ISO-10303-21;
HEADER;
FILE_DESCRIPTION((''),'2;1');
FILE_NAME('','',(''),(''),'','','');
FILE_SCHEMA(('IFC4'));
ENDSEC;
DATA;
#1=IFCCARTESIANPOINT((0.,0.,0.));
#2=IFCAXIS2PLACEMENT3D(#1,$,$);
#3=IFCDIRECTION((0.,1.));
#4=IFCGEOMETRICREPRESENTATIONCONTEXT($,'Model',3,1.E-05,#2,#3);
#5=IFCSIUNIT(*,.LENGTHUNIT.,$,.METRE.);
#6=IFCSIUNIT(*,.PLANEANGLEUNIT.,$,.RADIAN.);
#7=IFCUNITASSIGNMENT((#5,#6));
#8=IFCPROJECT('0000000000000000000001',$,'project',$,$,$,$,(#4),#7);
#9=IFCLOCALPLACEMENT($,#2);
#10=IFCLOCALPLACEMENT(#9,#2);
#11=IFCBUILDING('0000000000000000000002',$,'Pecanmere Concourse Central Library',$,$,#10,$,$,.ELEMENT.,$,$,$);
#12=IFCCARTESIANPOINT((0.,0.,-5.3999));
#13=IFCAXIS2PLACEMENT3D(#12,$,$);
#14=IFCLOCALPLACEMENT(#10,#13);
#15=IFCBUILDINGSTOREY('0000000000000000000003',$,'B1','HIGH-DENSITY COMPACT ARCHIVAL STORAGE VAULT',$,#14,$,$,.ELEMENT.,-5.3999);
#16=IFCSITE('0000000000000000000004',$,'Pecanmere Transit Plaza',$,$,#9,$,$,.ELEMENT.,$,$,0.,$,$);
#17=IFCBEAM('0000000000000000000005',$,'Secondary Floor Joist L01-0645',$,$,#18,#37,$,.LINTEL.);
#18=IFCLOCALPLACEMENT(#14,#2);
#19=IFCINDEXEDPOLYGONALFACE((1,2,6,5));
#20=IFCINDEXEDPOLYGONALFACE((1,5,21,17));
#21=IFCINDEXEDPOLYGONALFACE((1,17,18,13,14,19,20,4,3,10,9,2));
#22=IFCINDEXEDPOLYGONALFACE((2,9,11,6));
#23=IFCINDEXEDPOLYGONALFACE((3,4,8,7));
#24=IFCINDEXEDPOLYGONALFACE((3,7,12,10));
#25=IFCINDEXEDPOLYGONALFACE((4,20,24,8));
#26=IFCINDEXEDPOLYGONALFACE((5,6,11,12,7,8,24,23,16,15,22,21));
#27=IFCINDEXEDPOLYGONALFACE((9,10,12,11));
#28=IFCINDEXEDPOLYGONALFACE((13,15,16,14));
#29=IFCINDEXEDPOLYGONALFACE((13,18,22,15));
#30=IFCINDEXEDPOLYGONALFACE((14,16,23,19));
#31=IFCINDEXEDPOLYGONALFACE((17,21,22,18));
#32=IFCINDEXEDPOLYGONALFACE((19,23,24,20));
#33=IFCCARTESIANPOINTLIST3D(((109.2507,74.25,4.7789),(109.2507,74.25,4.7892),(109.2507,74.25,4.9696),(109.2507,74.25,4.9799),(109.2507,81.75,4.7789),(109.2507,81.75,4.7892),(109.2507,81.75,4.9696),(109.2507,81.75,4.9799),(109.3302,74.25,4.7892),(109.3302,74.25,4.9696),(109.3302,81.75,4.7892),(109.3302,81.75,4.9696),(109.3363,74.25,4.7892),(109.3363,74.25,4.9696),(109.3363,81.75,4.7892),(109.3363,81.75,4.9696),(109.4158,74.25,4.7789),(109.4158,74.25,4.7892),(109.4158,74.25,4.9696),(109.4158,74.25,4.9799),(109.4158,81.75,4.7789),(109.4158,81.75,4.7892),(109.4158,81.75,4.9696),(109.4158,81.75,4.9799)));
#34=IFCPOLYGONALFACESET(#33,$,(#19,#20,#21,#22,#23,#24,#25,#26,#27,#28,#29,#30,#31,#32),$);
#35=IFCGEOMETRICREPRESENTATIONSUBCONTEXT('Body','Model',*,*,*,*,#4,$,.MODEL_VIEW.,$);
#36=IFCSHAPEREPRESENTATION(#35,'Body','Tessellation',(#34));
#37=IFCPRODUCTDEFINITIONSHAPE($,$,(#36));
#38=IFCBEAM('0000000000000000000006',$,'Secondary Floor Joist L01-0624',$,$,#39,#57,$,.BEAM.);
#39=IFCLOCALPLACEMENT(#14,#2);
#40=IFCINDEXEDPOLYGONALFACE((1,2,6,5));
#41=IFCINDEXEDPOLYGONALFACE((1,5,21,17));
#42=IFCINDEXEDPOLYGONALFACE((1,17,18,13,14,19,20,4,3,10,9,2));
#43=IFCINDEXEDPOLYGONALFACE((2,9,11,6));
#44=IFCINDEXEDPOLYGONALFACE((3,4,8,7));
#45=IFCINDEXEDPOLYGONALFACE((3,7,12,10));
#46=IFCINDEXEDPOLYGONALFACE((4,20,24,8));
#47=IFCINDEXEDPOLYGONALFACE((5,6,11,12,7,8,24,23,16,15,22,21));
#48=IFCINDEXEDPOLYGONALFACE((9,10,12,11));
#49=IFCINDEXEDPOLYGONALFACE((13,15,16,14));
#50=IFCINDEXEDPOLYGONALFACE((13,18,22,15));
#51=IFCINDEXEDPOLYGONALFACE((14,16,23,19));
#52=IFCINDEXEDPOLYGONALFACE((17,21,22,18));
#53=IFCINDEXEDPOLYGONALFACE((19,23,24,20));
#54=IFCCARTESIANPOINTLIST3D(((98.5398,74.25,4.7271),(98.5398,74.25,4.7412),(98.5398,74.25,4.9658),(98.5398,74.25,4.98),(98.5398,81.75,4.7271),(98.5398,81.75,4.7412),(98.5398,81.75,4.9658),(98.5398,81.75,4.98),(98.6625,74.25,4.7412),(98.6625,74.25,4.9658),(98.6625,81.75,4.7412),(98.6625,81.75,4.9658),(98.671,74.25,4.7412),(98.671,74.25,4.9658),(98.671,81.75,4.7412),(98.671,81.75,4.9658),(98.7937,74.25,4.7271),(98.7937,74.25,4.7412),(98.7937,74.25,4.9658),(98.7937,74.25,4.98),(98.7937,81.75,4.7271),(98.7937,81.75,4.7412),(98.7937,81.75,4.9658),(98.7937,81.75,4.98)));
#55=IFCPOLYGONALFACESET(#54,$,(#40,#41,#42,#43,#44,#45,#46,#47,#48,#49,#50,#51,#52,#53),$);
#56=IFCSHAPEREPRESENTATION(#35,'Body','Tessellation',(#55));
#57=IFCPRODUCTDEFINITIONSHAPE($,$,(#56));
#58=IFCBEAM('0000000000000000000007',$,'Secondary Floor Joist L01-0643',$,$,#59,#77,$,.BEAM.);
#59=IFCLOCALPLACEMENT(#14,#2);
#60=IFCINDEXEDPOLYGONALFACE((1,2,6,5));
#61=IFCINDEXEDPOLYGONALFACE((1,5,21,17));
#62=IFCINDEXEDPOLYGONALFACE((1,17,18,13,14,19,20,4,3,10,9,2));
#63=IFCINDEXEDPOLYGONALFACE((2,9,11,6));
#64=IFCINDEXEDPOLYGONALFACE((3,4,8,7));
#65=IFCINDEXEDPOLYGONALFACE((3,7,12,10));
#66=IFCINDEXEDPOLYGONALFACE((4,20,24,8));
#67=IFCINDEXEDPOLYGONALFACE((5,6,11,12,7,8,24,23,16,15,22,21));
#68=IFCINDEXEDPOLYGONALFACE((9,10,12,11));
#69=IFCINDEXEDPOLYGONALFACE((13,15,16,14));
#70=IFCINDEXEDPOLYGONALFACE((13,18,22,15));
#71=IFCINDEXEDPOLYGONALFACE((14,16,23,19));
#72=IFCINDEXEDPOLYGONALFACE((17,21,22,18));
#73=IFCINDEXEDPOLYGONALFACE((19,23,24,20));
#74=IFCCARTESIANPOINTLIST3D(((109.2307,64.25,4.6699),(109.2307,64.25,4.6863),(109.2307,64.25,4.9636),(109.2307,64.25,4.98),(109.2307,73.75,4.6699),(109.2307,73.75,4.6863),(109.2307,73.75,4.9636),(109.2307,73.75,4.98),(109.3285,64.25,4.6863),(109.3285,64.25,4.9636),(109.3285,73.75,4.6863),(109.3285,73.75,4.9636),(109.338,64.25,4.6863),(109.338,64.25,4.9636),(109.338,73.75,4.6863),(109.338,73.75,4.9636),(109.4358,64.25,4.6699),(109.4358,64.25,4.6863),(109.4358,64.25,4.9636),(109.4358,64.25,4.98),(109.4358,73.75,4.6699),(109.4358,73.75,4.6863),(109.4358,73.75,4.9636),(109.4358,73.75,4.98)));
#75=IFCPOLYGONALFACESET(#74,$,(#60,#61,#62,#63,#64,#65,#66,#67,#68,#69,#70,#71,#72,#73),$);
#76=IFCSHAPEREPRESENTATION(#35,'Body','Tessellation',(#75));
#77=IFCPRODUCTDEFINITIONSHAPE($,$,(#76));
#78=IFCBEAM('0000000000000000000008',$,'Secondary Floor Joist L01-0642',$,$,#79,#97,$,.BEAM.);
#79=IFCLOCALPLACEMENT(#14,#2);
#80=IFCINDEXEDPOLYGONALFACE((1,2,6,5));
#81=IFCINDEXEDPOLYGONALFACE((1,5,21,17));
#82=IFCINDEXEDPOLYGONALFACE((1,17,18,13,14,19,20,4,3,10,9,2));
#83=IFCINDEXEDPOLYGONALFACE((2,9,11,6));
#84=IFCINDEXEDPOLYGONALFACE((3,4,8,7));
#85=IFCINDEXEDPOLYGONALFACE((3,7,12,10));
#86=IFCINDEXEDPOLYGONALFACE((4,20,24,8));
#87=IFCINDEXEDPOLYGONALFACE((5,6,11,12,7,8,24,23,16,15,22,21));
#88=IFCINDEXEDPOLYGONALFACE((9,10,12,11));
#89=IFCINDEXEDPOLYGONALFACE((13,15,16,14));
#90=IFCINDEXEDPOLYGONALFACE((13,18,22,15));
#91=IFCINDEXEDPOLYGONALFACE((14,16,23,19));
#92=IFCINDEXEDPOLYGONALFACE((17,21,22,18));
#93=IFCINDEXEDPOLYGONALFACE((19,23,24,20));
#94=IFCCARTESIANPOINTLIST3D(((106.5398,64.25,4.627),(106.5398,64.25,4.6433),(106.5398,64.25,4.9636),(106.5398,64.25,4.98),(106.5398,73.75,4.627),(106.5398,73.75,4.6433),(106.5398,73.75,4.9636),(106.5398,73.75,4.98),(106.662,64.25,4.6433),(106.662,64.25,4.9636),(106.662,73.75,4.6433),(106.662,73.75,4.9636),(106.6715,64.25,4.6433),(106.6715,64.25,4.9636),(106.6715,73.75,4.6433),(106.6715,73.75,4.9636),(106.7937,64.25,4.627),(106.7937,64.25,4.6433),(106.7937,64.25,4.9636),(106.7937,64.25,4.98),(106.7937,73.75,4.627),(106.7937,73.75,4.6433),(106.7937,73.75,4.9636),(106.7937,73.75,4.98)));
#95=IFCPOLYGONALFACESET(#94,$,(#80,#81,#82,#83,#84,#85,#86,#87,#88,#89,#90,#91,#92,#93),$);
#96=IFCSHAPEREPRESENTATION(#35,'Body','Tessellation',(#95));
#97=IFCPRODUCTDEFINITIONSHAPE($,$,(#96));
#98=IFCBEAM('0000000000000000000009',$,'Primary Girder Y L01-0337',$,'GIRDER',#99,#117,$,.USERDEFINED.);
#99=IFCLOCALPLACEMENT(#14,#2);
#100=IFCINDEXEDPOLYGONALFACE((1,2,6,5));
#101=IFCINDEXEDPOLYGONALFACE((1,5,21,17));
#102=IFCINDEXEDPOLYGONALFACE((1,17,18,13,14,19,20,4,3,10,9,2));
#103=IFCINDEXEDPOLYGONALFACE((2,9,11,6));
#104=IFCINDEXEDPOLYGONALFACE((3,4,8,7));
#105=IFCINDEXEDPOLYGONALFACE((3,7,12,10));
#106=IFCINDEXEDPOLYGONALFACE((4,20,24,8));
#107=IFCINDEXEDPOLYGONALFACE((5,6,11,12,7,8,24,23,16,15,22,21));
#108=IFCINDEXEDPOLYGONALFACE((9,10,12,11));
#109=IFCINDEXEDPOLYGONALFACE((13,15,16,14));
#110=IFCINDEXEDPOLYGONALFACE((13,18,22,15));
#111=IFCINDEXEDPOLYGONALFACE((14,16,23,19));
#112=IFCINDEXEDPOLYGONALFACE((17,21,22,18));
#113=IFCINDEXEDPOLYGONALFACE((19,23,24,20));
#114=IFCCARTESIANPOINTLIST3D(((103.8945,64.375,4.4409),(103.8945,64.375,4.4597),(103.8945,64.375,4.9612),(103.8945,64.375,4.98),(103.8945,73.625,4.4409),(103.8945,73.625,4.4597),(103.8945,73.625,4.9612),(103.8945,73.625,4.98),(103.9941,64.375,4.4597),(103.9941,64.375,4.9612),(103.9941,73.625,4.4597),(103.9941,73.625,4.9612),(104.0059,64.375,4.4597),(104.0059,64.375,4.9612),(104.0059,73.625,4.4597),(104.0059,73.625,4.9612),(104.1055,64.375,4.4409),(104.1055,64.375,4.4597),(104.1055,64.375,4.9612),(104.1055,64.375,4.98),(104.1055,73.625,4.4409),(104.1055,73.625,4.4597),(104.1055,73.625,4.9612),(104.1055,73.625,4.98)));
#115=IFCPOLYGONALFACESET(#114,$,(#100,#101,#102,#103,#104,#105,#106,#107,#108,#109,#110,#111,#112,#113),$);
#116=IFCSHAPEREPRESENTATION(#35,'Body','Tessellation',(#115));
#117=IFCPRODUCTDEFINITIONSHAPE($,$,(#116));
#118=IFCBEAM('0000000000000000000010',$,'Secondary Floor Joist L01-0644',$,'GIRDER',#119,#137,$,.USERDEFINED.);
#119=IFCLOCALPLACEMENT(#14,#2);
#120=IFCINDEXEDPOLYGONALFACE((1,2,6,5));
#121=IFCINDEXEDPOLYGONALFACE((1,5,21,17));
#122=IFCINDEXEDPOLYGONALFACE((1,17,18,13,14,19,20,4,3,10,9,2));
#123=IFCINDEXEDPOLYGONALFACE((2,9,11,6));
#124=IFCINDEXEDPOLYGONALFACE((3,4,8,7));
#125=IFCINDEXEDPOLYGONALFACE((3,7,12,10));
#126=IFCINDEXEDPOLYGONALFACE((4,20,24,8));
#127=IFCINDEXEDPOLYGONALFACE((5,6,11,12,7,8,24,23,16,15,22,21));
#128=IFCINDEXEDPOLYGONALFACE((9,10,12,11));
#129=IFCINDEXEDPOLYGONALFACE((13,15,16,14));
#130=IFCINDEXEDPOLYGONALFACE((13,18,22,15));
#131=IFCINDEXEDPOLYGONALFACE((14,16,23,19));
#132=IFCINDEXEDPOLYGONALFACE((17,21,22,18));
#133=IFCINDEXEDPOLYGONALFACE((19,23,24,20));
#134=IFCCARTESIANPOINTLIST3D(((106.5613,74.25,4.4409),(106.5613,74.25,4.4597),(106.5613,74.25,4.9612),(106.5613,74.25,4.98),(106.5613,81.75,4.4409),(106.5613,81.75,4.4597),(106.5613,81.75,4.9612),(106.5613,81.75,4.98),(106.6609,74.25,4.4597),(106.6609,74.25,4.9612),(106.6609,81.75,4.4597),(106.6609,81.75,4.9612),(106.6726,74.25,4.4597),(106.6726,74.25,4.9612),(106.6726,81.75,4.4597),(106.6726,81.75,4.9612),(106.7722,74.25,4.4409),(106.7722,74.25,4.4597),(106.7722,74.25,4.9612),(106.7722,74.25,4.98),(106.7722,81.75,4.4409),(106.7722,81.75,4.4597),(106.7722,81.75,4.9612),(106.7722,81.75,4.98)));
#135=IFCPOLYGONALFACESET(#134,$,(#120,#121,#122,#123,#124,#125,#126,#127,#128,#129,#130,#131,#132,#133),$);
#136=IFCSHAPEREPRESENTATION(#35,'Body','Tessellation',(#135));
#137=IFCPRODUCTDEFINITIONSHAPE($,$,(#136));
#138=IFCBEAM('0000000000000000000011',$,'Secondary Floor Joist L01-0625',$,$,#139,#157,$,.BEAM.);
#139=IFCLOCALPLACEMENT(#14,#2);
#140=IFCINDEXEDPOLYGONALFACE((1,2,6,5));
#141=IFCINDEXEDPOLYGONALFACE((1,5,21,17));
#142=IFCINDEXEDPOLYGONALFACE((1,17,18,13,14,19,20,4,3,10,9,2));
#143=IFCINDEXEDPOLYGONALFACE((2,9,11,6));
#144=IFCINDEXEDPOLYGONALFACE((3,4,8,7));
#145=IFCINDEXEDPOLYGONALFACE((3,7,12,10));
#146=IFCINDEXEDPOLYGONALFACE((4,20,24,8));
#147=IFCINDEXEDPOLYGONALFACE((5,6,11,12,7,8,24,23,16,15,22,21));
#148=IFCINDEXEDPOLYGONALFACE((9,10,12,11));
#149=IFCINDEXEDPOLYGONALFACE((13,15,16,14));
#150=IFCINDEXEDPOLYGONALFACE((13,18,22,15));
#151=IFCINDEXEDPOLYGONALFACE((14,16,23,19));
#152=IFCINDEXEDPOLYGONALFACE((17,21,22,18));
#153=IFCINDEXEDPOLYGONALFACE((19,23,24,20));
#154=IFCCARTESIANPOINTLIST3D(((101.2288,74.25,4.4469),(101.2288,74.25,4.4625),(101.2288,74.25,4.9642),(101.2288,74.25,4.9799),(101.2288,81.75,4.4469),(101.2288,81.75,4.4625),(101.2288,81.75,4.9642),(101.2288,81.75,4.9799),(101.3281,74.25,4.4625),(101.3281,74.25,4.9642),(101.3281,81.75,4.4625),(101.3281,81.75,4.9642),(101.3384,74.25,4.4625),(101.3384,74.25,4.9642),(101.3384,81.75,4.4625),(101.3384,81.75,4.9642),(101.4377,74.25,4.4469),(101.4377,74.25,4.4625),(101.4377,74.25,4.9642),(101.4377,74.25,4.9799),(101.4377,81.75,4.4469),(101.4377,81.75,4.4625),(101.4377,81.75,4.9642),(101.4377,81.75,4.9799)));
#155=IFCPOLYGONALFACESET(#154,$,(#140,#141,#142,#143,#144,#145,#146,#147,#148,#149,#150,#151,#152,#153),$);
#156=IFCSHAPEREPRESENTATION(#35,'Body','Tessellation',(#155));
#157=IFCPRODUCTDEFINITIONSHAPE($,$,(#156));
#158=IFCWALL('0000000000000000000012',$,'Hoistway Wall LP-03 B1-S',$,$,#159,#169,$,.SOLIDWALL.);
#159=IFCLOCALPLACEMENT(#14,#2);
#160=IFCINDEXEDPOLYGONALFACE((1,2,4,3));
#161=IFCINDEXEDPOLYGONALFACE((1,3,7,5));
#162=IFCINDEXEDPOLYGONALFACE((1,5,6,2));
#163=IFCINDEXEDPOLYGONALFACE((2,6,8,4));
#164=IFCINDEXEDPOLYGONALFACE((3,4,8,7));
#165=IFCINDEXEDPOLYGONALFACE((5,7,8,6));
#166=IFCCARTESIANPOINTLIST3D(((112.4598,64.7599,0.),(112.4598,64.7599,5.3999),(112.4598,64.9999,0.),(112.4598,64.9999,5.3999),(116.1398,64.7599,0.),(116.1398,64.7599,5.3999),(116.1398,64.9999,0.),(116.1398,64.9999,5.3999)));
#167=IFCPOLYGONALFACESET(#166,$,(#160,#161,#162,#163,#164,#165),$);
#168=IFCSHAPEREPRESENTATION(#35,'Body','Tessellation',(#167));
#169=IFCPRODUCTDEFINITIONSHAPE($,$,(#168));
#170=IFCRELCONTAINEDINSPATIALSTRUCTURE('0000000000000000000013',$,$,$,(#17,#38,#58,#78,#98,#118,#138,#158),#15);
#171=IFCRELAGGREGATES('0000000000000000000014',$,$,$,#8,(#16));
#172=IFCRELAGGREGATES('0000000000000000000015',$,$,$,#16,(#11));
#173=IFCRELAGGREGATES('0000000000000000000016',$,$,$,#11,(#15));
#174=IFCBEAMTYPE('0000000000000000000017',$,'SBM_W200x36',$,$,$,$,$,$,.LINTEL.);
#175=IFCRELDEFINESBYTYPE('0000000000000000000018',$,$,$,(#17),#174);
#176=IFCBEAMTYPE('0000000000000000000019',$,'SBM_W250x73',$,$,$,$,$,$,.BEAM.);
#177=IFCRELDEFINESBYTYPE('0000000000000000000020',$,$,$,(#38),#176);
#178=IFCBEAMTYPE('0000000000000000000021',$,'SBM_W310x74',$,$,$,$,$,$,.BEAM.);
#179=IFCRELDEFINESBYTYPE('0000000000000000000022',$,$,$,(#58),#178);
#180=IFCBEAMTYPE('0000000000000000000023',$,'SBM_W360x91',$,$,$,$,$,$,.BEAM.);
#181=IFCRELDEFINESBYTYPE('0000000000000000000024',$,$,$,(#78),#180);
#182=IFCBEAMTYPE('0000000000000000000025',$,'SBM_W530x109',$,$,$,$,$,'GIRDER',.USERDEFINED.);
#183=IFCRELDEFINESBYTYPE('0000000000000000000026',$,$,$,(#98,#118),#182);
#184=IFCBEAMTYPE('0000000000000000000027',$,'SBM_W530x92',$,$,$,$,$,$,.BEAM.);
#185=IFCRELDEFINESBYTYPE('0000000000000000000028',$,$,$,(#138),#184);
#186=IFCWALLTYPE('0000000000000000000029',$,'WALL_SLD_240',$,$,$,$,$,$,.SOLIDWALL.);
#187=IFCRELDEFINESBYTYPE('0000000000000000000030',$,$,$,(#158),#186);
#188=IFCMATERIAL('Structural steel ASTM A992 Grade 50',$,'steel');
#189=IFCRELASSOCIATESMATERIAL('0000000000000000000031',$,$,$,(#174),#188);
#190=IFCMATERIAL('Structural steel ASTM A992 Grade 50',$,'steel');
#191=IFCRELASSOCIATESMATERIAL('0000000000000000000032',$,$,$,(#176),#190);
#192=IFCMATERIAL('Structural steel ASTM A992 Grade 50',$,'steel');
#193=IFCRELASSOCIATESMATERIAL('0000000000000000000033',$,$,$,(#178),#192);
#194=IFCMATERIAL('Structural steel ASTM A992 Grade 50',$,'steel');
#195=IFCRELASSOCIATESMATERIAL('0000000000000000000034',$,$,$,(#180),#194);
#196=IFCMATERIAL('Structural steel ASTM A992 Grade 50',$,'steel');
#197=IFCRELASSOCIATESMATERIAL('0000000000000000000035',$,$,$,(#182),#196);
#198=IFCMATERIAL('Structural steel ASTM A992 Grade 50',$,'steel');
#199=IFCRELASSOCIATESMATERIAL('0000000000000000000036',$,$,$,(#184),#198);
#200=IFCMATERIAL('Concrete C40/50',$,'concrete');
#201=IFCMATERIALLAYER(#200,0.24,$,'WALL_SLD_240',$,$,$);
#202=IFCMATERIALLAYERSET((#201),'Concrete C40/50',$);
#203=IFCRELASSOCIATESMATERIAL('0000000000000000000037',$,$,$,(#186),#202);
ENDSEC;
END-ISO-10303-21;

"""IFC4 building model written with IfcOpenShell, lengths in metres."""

from ifc_helpers import new_model, si_unit, direction, frame, frame_2d, origin, origin_2d, place, context, subcontext, project, spatial, rectangle, i_section, extrude, material, layer, layer_set, material_profile, profile_set, type_object, element, save


model = new_model("IFC4")

# Units and contexts
model_context = context("Model", 3, precision=1e-05, world=origin(), true_north=direction((0.0, 1.0)))
body_context = subcontext(model_context, "Body", "Model", "MODEL_VIEW")
ifc_project = project(units=[si_unit("LENGTHUNIT", "METRE"), si_unit("PLANEANGLEUNIT", "RADIAN")], contexts=[model_context])

# Site, building, storey
site_placement = place(None, origin())
site = spatial("IfcSite", under=ifc_project, at=site_placement, Name="Pecanmere Transit Plaza", CompositionType="ELEMENT", RefElevation=0.0)
building_placement = place(site_placement, origin())
building = spatial("IfcBuilding", under=site, at=building_placement, Name="Pecanmere Concourse Central Library", CompositionType="ELEMENT")
storey_placement = place(building_placement, frame((0.0, 0.0, -5.3999)))
storey = spatial("IfcBuildingStorey", under=building, at=storey_placement, Name="B1", Description="HIGH-DENSITY COMPACT ARCHIVAL STORAGE VAULT", CompositionType="ELEMENT", Elevation=-5.3999)

# Beams
ifc_material_1 = material(Name="Structural steel ASTM A992 Grade 50", Category="steel")
ifc_material_profile_1 = material_profile(ifc_material_1, i_section(OverallWidth=0.165, OverallDepth=0.2009, WebThickness=0.0061, FlangeThickness=0.0103, at=origin_2d()), Name="W200x35.9")
ifc_profile_set_1 = profile_set([ifc_material_profile_1], Name="Structural steel ASTM A992 Grade 50")
beam_type_1 = type_object("IfcBeamType", Name="SBM_W200x36", PredefinedType="LINTEL", material=ifc_profile_set_1)
beam_1_placement = place(storey_placement, frame((109.3333, 74.25, 4.8794), z_axis=(0.0, 1.0, 0.0), x_axis=(-1.0, 0.0, 0.0)))
element("IfcBeam", 1, at=beam_1_placement, inside=storey, type_object=beam_type_1, Name="Secondary Floor Joist L01-0645", PredefinedType="LINTEL", context=body_context, shape_type="SweptSolid", body=[
    extrude(i_section(OverallWidth=0.165, OverallDepth=0.2009, WebThickness=0.0061, FlangeThickness=0.0103, at=origin_2d()), origin(), (0.0, 0.0, 1.0), 7.5),
])
ifc_material_2 = material(Name="Structural steel ASTM A992 Grade 50", Category="steel")
ifc_material_profile_2 = material_profile(ifc_material_2, i_section(OverallWidth=0.2539, OverallDepth=0.2529, WebThickness=0.0085, FlangeThickness=0.0142, at=origin_2d()), Name="W250x73")
ifc_profile_set_2 = profile_set([ifc_material_profile_2], Name="Structural steel ASTM A992 Grade 50")
beam_type_2 = type_object("IfcBeamType", Name="SBM_W250x73", PredefinedType="BEAM", material=ifc_profile_set_2)
beam_2_placement = place(storey_placement, frame((98.6667, 74.25, 4.8535), z_axis=(0.0, 1.0, 0.0), x_axis=(-1.0, 0.0, 0.0)))
element("IfcBeam", 2, at=beam_2_placement, inside=storey, type_object=beam_type_2, Name="Secondary Floor Joist L01-0624", PredefinedType="BEAM", context=body_context, shape_type="SweptSolid", body=[
    extrude(i_section(OverallWidth=0.2539, OverallDepth=0.2529, WebThickness=0.0085, FlangeThickness=0.0142, at=origin_2d()), origin(), (0.0, 0.0, 1.0), 7.5),
])
ifc_material_3 = material(Name="Structural steel ASTM A992 Grade 50", Category="steel")
ifc_material_profile_3 = material_profile(ifc_material_3, i_section(OverallWidth=0.2051, OverallDepth=0.3101, WebThickness=0.0095, FlangeThickness=0.0164, at=origin_2d()), Name="W310x74")
ifc_profile_set_3 = profile_set([ifc_material_profile_3], Name="Structural steel ASTM A992 Grade 50")
beam_type_3 = type_object("IfcBeamType", Name="SBM_W310x74", PredefinedType="BEAM", material=ifc_profile_set_3)
beam_3_placement = place(storey_placement, frame((109.3333, 64.25, 4.825), z_axis=(0.0, 1.0, 0.0), x_axis=(-1.0, 0.0, 0.0)))
element("IfcBeam", 3, at=beam_3_placement, inside=storey, type_object=beam_type_3, Name="Secondary Floor Joist L01-0643", PredefinedType="BEAM", context=body_context, shape_type="SweptSolid", body=[
    extrude(i_section(OverallWidth=0.2051, OverallDepth=0.3101, WebThickness=0.0095, FlangeThickness=0.0164, at=origin_2d()), origin(), (0.0, 0.0, 1.0), 9.5),
])
ifc_material_4 = material(Name="Structural steel ASTM A992 Grade 50", Category="steel")
ifc_material_profile_4 = material_profile(ifc_material_4, i_section(OverallWidth=0.2539, OverallDepth=0.353, WebThickness=0.0095, FlangeThickness=0.0164, at=origin_2d()), Name="W360x91")
ifc_profile_set_4 = profile_set([ifc_material_profile_4], Name="Structural steel ASTM A992 Grade 50")
beam_type_4 = type_object("IfcBeamType", Name="SBM_W360x91", PredefinedType="BEAM", material=ifc_profile_set_4)
beam_4_placement = place(storey_placement, frame((106.6667, 64.25, 4.8035), z_axis=(0.0, 1.0, 0.0), x_axis=(-1.0, 0.0, 0.0)))
element("IfcBeam", 4, at=beam_4_placement, inside=storey, type_object=beam_type_4, Name="Secondary Floor Joist L01-0642", PredefinedType="BEAM", context=body_context, shape_type="SweptSolid", body=[
    extrude(i_section(OverallWidth=0.2539, OverallDepth=0.353, WebThickness=0.0095, FlangeThickness=0.0164, at=origin_2d()), origin(), (0.0, 0.0, 1.0), 9.5),
])
ifc_material_5 = material(Name="Structural steel ASTM A992 Grade 50", Category="steel")
ifc_material_profile_5 = material_profile(ifc_material_5, i_section(OverallWidth=0.2109, OverallDepth=0.5391, WebThickness=0.0117, FlangeThickness=0.0188, at=origin_2d()), Name="W530x109")
ifc_profile_set_5 = profile_set([ifc_material_profile_5], Name="Structural steel ASTM A992 Grade 50")
beam_type_5 = type_object("IfcBeamType", Name="SBM_W530x109", ElementType="GIRDER", PredefinedType="USERDEFINED", material=ifc_profile_set_5)
beam_5_placement = place(storey_placement, frame((104.0, 64.375, 4.7104), z_axis=(0.0, 1.0, 0.0), x_axis=(-1.0, 0.0, 0.0)))
element("IfcBeam", 5, at=beam_5_placement, inside=storey, type_object=beam_type_5, Name="Primary Girder Y L01-0337", ObjectType="GIRDER", PredefinedType="USERDEFINED", context=body_context, shape_type="SweptSolid", body=[
    extrude(i_section(OverallWidth=0.2109, OverallDepth=0.5391, WebThickness=0.0117, FlangeThickness=0.0188, at=origin_2d()), origin(), (0.0, 0.0, 1.0), 9.25),
])
beam_6_placement = place(storey_placement, frame((106.6667, 74.25, 4.7104), z_axis=(0.0, 1.0, 0.0), x_axis=(-1.0, 0.0, 0.0)))
element("IfcBeam", 6, at=beam_6_placement, inside=storey, type_object=beam_type_5, Name="Secondary Floor Joist L01-0644", ObjectType="GIRDER", PredefinedType="USERDEFINED", context=body_context, shape_type="SweptSolid", body=[
    extrude(i_section(OverallWidth=0.2109, OverallDepth=0.5391, WebThickness=0.0117, FlangeThickness=0.0188, at=origin_2d()), origin(), (0.0, 0.0, 1.0), 7.5),
])
ifc_material_6 = material(Name="Structural steel ASTM A992 Grade 50", Category="steel")
ifc_material_profile_6 = material_profile(ifc_material_6, i_section(OverallWidth=0.209, OverallDepth=0.533, WebThickness=0.0103, FlangeThickness=0.0156, at=origin_2d()), Name="W530x92")
ifc_profile_set_6 = profile_set([ifc_material_profile_6], Name="Structural steel ASTM A992 Grade 50")
beam_type_6 = type_object("IfcBeamType", Name="SBM_W530x92", PredefinedType="BEAM", material=ifc_profile_set_6)
beam_7_placement = place(storey_placement, frame((101.3333, 74.25, 4.7134), z_axis=(0.0, 1.0, 0.0), x_axis=(-1.0, 0.0, 0.0)))
element("IfcBeam", 7, at=beam_7_placement, inside=storey, type_object=beam_type_6, Name="Secondary Floor Joist L01-0625", PredefinedType="BEAM", context=body_context, shape_type="SweptSolid", body=[
    extrude(i_section(OverallWidth=0.209, OverallDepth=0.533, WebThickness=0.0103, FlangeThickness=0.0156, at=origin_2d()), origin(), (0.0, 0.0, 1.0), 7.5),
])

# Wall
ifc_material_7 = material(Name="Concrete C40/50", Category="concrete")
ifc_layer = layer(ifc_material_7, 0.24, Name="WALL_SLD_240")
ifc_layer_set = layer_set([ifc_layer], Name="Concrete C40/50")
wall_type = type_object("IfcWallType", Name="WALL_SLD_240", PredefinedType="SOLIDWALL", material=ifc_layer_set)
wall_placement = place(storey_placement, frame((112.46, 64.8799, 0.0), z_axis=(0.0, 0.0, 1.0), x_axis=(1.0, 0.0, 0.0)))
element("IfcWall", 8, at=wall_placement, inside=storey, type_object=wall_type, Name="Hoistway Wall LP-03 B1-S", PredefinedType="SOLIDWALL", context=body_context, shape_type="SweptSolid", body=[
    extrude(rectangle(XDim=3.6799, YDim=0.24, at=frame_2d((1.8398, 0.0))), origin(), (0.0, 0.0, 1.0), 5.3999),
])

save(model, "model.ifc")
